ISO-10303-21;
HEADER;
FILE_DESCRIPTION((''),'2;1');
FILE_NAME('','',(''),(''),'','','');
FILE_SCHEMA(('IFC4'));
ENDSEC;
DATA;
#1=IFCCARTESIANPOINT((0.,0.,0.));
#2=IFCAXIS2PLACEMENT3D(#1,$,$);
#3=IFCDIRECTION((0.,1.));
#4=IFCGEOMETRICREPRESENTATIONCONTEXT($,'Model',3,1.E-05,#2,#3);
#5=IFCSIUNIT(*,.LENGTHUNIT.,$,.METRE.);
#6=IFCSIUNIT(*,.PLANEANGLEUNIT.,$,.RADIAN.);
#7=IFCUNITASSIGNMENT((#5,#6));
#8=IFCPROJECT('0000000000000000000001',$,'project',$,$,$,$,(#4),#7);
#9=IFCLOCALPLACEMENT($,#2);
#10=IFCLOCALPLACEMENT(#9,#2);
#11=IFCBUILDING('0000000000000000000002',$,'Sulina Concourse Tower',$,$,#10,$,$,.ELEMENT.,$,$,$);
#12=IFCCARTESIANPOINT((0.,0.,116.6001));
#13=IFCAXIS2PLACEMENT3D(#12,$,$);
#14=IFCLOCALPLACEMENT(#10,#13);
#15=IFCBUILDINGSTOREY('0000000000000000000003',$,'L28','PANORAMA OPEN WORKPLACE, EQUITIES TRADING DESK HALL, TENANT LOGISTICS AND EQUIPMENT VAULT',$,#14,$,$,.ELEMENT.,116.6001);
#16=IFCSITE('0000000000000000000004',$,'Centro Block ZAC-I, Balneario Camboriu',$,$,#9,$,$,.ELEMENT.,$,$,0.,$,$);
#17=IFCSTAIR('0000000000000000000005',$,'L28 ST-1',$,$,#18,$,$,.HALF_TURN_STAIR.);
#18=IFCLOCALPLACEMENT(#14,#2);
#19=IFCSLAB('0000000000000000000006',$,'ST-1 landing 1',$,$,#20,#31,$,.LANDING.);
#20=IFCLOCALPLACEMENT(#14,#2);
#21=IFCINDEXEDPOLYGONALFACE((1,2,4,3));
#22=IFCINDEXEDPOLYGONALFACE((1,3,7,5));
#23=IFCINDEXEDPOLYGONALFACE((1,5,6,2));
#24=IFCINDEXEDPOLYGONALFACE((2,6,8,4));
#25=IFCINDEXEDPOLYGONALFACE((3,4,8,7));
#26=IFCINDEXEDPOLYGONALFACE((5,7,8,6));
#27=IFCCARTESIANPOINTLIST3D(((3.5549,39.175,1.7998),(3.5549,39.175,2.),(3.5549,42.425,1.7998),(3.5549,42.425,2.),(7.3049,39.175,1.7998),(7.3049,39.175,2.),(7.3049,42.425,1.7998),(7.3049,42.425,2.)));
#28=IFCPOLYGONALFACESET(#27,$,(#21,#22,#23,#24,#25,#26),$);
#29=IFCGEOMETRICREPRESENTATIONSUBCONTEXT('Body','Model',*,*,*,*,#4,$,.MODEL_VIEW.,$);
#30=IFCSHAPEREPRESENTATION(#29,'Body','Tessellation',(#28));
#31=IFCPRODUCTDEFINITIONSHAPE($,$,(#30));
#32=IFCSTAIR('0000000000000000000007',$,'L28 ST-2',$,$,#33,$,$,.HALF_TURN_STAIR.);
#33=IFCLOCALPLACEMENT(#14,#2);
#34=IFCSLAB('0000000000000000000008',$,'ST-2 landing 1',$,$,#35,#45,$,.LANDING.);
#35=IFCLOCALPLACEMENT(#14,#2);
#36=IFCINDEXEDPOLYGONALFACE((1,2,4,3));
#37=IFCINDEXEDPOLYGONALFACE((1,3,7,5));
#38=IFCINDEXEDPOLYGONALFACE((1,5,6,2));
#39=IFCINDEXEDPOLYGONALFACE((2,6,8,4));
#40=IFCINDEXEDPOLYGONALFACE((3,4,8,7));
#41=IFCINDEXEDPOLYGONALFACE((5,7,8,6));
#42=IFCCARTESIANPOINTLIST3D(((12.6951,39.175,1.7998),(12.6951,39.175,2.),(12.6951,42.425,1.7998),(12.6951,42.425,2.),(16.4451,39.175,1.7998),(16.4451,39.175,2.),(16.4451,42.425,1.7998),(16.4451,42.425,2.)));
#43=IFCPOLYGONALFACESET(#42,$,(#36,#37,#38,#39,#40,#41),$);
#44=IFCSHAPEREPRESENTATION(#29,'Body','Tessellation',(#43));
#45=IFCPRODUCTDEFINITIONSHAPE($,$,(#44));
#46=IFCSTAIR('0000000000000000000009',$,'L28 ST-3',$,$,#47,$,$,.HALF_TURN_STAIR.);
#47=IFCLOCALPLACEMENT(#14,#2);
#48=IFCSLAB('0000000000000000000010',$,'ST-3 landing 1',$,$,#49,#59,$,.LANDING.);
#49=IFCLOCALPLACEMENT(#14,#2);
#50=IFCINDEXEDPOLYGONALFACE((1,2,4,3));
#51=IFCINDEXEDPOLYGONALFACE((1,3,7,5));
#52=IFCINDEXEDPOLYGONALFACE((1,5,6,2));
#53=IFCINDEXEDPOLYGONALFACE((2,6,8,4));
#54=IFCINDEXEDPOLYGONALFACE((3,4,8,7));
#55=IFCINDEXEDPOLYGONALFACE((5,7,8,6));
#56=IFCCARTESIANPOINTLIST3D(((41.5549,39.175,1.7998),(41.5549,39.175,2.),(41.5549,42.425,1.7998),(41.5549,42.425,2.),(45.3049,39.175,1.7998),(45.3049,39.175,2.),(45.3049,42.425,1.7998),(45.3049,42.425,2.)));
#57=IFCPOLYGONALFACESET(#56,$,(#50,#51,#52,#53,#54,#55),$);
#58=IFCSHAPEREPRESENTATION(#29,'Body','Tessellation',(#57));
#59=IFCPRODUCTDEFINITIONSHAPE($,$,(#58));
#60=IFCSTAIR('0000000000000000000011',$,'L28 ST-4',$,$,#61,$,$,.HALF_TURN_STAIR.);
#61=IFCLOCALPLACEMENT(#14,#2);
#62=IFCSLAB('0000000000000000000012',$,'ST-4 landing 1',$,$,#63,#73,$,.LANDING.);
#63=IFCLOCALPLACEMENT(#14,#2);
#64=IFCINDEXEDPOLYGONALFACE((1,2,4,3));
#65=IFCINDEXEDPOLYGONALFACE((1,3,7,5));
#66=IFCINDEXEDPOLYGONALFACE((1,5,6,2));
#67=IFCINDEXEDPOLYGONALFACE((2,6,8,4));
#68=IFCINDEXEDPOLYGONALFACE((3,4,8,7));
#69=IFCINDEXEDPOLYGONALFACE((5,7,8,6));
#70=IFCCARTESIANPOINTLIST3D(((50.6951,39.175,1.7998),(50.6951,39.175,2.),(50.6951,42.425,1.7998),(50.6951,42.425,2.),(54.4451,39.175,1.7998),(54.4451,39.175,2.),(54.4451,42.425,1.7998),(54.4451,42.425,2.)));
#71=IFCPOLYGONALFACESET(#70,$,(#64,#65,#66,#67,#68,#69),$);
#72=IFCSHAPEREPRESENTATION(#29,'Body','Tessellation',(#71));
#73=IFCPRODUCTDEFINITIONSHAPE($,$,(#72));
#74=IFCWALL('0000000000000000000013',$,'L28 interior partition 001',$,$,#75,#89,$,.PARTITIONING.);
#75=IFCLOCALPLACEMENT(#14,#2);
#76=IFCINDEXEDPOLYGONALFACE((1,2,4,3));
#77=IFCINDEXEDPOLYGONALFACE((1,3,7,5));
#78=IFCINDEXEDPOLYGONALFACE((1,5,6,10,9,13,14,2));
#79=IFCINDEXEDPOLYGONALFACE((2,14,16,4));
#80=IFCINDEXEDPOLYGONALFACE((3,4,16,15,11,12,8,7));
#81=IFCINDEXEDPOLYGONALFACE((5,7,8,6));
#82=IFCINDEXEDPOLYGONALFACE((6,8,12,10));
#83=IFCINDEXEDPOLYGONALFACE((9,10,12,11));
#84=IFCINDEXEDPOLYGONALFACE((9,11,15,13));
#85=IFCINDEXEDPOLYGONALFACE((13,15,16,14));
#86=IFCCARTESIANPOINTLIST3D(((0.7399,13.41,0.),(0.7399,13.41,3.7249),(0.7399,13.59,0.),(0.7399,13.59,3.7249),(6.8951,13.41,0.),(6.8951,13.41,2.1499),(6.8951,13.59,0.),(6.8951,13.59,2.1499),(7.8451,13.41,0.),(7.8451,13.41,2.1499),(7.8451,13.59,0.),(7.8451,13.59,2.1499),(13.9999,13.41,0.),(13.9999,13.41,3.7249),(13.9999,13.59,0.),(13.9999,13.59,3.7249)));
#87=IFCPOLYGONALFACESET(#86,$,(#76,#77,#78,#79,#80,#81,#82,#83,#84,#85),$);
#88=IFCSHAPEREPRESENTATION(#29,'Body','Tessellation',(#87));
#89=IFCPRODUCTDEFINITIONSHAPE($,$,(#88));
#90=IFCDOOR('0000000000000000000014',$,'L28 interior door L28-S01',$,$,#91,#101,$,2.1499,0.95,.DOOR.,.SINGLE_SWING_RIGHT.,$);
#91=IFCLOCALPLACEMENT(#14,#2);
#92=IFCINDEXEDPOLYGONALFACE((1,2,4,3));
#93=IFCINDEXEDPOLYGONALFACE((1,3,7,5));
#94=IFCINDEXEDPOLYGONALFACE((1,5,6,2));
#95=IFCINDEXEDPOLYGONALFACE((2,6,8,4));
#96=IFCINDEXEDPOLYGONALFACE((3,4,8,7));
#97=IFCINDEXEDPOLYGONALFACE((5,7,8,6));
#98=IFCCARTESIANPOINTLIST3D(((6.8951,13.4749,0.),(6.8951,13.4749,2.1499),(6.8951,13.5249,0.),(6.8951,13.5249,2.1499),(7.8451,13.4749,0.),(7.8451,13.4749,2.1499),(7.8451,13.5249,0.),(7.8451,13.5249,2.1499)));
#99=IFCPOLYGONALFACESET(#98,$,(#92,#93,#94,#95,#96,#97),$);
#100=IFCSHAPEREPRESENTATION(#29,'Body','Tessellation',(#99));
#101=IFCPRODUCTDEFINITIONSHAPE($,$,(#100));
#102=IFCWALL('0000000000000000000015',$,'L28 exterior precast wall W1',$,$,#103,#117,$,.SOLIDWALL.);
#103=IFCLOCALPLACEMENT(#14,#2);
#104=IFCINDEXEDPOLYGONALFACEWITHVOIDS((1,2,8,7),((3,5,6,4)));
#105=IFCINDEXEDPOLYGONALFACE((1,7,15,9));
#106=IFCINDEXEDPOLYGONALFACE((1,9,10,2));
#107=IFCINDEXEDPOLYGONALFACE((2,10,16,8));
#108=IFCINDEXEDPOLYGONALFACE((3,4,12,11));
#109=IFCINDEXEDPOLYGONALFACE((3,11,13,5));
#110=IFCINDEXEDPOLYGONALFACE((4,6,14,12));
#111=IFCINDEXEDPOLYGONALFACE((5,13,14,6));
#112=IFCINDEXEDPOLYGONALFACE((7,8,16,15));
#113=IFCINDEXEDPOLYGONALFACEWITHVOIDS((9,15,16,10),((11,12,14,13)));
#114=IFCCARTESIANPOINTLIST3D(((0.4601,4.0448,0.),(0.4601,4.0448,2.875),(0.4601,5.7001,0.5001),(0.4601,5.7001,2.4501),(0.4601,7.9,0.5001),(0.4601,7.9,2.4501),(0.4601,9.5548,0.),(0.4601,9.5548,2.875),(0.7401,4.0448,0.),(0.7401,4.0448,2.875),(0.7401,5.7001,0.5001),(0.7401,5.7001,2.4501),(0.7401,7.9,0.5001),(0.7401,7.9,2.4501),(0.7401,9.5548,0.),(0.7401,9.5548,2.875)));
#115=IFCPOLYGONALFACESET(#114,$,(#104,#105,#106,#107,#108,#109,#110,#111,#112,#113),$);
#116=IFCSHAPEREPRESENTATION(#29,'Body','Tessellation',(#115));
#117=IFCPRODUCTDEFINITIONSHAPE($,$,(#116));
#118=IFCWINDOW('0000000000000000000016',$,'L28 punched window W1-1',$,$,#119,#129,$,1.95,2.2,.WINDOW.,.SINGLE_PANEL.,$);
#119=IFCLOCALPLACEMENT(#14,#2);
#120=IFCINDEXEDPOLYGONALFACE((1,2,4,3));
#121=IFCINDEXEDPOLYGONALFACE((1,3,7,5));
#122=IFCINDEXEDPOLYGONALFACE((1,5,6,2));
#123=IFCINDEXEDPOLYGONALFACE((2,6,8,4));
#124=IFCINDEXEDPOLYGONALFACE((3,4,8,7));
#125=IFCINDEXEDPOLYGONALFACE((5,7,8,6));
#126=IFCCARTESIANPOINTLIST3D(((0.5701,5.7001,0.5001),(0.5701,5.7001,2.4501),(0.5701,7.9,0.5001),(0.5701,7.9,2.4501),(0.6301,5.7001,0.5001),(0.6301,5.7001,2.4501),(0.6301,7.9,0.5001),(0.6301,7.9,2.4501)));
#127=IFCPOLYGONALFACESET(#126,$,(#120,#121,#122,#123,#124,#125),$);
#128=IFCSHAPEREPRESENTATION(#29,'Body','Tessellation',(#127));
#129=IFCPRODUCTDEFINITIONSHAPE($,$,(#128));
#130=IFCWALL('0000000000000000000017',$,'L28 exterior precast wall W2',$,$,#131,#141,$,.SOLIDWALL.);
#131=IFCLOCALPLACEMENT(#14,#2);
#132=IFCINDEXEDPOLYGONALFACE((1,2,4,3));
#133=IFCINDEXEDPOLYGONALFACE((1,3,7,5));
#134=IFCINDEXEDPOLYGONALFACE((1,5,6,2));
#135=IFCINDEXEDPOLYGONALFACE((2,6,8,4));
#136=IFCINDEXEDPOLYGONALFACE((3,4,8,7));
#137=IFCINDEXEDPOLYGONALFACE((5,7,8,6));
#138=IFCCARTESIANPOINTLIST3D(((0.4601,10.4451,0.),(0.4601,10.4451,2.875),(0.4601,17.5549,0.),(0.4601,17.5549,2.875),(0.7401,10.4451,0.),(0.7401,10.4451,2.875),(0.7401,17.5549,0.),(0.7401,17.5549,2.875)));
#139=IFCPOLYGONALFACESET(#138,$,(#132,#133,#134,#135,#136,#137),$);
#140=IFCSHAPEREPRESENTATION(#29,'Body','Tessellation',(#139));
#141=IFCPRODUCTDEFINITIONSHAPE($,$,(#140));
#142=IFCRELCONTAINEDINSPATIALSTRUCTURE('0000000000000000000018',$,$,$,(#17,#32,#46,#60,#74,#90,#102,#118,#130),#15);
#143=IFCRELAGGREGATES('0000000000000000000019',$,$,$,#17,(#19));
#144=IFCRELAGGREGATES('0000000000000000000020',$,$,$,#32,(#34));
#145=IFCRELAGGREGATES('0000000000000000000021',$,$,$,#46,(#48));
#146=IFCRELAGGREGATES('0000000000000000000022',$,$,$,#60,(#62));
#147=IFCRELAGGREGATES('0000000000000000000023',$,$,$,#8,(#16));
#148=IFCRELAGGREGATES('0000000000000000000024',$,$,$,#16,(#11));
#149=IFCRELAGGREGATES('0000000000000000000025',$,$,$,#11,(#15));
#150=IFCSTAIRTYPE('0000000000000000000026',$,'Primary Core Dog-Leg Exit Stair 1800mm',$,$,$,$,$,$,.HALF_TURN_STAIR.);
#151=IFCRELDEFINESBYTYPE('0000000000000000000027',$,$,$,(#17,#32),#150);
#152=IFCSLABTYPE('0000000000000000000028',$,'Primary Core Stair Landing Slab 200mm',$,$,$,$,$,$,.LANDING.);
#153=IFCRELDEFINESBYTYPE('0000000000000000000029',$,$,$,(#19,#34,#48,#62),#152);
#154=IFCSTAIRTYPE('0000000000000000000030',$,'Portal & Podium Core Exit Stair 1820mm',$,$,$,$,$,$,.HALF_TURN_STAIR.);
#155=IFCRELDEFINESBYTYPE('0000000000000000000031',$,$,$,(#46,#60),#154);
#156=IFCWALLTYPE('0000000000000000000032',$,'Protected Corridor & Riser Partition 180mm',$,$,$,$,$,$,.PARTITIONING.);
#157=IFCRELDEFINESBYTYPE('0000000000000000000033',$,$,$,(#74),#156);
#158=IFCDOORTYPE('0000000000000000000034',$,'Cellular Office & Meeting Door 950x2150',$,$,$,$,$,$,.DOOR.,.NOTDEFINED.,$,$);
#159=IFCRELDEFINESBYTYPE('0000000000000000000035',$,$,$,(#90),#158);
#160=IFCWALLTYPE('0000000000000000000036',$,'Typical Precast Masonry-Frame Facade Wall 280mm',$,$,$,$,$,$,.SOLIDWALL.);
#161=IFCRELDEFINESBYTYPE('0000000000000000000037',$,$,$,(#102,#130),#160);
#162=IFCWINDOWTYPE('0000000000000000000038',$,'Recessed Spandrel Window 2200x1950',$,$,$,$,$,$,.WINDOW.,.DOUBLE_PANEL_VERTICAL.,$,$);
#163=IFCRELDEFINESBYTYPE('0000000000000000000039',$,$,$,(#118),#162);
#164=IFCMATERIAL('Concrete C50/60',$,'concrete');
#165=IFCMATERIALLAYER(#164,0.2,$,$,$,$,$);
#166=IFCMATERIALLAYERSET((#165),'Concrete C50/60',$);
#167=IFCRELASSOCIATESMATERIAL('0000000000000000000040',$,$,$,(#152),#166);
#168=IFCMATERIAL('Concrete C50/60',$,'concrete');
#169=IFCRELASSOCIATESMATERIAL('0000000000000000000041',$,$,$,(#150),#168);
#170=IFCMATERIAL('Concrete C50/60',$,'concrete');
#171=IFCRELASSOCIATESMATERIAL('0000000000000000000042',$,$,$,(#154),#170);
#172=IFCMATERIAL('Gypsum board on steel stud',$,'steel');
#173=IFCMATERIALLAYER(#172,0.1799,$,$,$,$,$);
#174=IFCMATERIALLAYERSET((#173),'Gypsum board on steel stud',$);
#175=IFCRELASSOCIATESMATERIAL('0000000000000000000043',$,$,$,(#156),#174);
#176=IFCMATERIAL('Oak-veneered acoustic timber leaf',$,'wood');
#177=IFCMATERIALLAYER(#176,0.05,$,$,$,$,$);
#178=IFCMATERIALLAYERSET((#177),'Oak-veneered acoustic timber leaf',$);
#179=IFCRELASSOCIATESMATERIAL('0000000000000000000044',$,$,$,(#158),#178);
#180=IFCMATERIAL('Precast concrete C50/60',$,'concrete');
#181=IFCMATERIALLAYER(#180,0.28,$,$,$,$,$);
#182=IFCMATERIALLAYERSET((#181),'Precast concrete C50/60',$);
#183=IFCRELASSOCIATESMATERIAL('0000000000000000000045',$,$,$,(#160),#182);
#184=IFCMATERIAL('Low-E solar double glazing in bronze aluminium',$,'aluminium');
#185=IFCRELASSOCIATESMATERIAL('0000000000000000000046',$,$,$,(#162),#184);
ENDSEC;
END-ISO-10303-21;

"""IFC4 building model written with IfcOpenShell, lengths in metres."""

from ifc_helpers import new_model, si_unit, direction, frame, frame_2d, origin, place, context, subcontext, project, spatial, polyline, rectangle, outline, extrude, material, layer, layer_set, type_object, element, fill, aggregate, save


model = new_model("IFC4")

# Units and contexts
model_context = context("Model", 3, precision=1e-05, world=origin(), true_north=direction((0.0, 1.0)))
body_context = subcontext(model_context, "Body", "Model", "MODEL_VIEW")
ifc_project = project(units=[si_unit("LENGTHUNIT", "METRE"), si_unit("PLANEANGLEUNIT", "RADIAN")], contexts=[model_context])

# Site, building, storey
site_placement = place(None, origin())
site = spatial("IfcSite", under=ifc_project, at=site_placement, Name="Centro Block ZAC-I, Balneario Camboriu", CompositionType="ELEMENT", RefElevation=0.0)
building_placement = place(site_placement, origin())
building = spatial("IfcBuilding", under=site, at=building_placement, Name="Sulina Concourse Tower", CompositionType="ELEMENT")
storey_placement = place(building_placement, frame((0.0, 0.0, 116.6001)))
storey = spatial("IfcBuildingStorey", under=building, at=storey_placement, Name="L28", Description="PANORAMA OPEN WORKPLACE, EQUITIES TRADING DESK HALL, TENANT LOGISTICS AND EQUIPMENT VAULT", CompositionType="ELEMENT", Elevation=116.6001)

# Shared definitions
ifc_material_1 = material(Name="Concrete C50/60", Category="concrete")
ifc_layer_1 = layer(ifc_material_1, 0.2)
ifc_layer_set_1 = layer_set([ifc_layer_1], Name="Concrete C50/60")
slab_type_1 = type_object("IfcSlabType", Name="Primary Core Stair Landing Slab 200mm", PredefinedType="LANDING", material=ifc_layer_set_1)

# Stairs, slabs
ifc_material_2 = material(Name="Concrete C50/60", Category="concrete")
stair_type_1 = type_object("IfcStairType", Name="Primary Core Dog-Leg Exit Stair 1800mm", PredefinedType="HALF_TURN_STAIR", material=ifc_material_2)
stair_1_placement = place(storey_placement, origin())
stair_1 = element("IfcStair", 1, at=stair_1_placement, inside=storey, type_object=stair_type_1, Name="L28 ST-1", PredefinedType="HALF_TURN_STAIR")
slab_1_placement = place(storey_placement, frame((0.0, 0.0, 1.7998)))
slab_1 = element("IfcSlab", 2, at=slab_1_placement, type_object=slab_type_1, Name="ST-1 landing 1", PredefinedType="LANDING", context=body_context, shape_type="SweptSolid", body=[
    extrude(outline(polyline([(7.3049, 39.175), (7.3049, 42.425), (3.5549, 42.425), (3.5549, 39.175), (7.3049, 39.175)])), origin(), (0.0, 0.0, 1.0), 0.2002),
])
aggregate(stair_1, [slab_1])
stair_2_placement = place(storey_placement, origin())
stair_2 = element("IfcStair", 3, at=stair_2_placement, inside=storey, type_object=stair_type_1, Name="L28 ST-2", PredefinedType="HALF_TURN_STAIR")
slab_2_placement = place(storey_placement, frame((0.0, 0.0, 1.7998)))
slab_2 = element("IfcSlab", 4, at=slab_2_placement, type_object=slab_type_1, Name="ST-2 landing 1", PredefinedType="LANDING", context=body_context, shape_type="SweptSolid", body=[
    extrude(outline(polyline([(16.4451, 39.175), (16.4451, 42.425), (12.6951, 42.425), (12.6951, 39.175), (16.4451, 39.175)])), origin(), (0.0, 0.0, 1.0), 0.2002),
])
aggregate(stair_2, [slab_2])
ifc_material_3 = material(Name="Concrete C50/60", Category="concrete")
stair_type_2 = type_object("IfcStairType", Name="Portal & Podium Core Exit Stair 1820mm", PredefinedType="HALF_TURN_STAIR", material=ifc_material_3)
stair_3_placement = place(storey_placement, origin())
stair_3 = element("IfcStair", 5, at=stair_3_placement, inside=storey, type_object=stair_type_2, Name="L28 ST-3", PredefinedType="HALF_TURN_STAIR")
slab_3_placement = place(storey_placement, frame((0.0, 0.0, 1.7998)))
slab_3 = element("IfcSlab", 6, at=slab_3_placement, type_object=slab_type_1, Name="ST-3 landing 1", PredefinedType="LANDING", context=body_context, shape_type="SweptSolid", body=[
    extrude(outline(polyline([(45.3049, 39.175), (45.3049, 42.425), (41.5549, 42.425), (41.5549, 39.175), (45.3049, 39.175)])), origin(), (0.0, 0.0, 1.0), 0.2002),
])
aggregate(stair_3, [slab_3])
stair_4_placement = place(storey_placement, origin())
stair_4 = element("IfcStair", 7, at=stair_4_placement, inside=storey, type_object=stair_type_2, Name="L28 ST-4", PredefinedType="HALF_TURN_STAIR")
slab_4_placement = place(storey_placement, frame((0.0, 0.0, 1.7998)))
slab_4 = element("IfcSlab", 8, at=slab_4_placement, type_object=slab_type_1, Name="ST-4 landing 1", PredefinedType="LANDING", context=body_context, shape_type="SweptSolid", body=[
    extrude(outline(polyline([(54.4451, 39.175), (54.4451, 42.425), (50.6951, 42.425), (50.6951, 39.175), (54.4451, 39.175)])), origin(), (0.0, 0.0, 1.0), 0.2002),
])
aggregate(stair_4, [slab_4])

# Wall, opening, door
ifc_material_4 = material(Name="Gypsum board on steel stud", Category="steel")
ifc_layer_2 = layer(ifc_material_4, 0.1799)
ifc_layer_set_2 = layer_set([ifc_layer_2], Name="Gypsum board on steel stud")
wall_type_1 = type_object("IfcWallType", Name="Protected Corridor & Riser Partition 180mm", PredefinedType="PARTITIONING", material=ifc_layer_set_2)
wall_1_placement = place(storey_placement, frame((0.74, 13.5, 0.0), z_axis=(0.0, 0.0, 1.0), x_axis=(1.0, 0.0, 0.0)))
wall_1 = element("IfcWall", 9, at=wall_1_placement, inside=storey, type_object=wall_type_1, Name="L28 interior partition 001", PredefinedType="PARTITIONING", context=body_context, shape_type="SweptSolid", body=[
    extrude(rectangle(XDim=13.26, YDim=0.1799, at=frame_2d((6.6299, 0.0))), origin(), (0.0, 0.0, 1.0), 3.7249),
])
opening_1_placement = place(wall_1_placement, frame((6.155, 0.0, 0.0)))
opening_1 = element("IfcOpeningElement", 10, at=opening_1_placement, cuts=wall_1, PredefinedType="OPENING", context=body_context, shape_type="SweptSolid", body=[
    extrude(rectangle(XDim=0.95, YDim=2.1499, at=frame_2d((0.4751, 1.075))), frame((0.0, 0.0999, 0.0), z_axis=(0.0, -1.0, 0.0), x_axis=(1.0, 0.0, 0.0)), (0.0, 0.0, 1.0), 0.2),
])
ifc_material_5 = material(Name="Oak-veneered acoustic timber leaf", Category="wood")
ifc_layer_3 = layer(ifc_material_5, 0.05)
ifc_layer_set_3 = layer_set([ifc_layer_3], Name="Oak-veneered acoustic timber leaf")
door_type = type_object("IfcDoorType", Name="Cellular Office & Meeting Door 950x2150", OperationType="NOTDEFINED", PredefinedType="DOOR", material=ifc_layer_set_3)
door_placement = place(opening_1_placement, origin())
door = element("IfcDoor", 11, at=door_placement, inside=storey, type_object=door_type, Name="L28 interior door L28-S01", OperationType="SINGLE_SWING_RIGHT", OverallHeight=2.1499, OverallWidth=0.95, PredefinedType="DOOR", context=body_context, shape_type="SweptSolid", body=[
    extrude(rectangle(XDim=0.95, YDim=2.1499, at=frame_2d((0.4751, 1.075))), frame((0.0, 0.0249, 0.0), z_axis=(0.0, -1.0, 0.0), x_axis=(1.0, 0.0, 0.0)), (0.0, 0.0, 1.0), 0.05),
])
fill(opening_1, door)

# Wall, opening, window
ifc_material_6 = material(Name="Precast concrete C50/60", Category="concrete")
ifc_layer_4 = layer(ifc_material_6, 0.28)
ifc_layer_set_4 = layer_set([ifc_layer_4], Name="Precast concrete C50/60")
wall_type_2 = type_object("IfcWallType", Name="Typical Precast Masonry-Frame Facade Wall 280mm", PredefinedType="SOLIDWALL", material=ifc_layer_set_4)
wall_2_placement = place(storey_placement, frame((0.6001, 4.0449, 0.0), z_axis=(0.0, 0.0, 1.0), x_axis=(0.0, 1.0, 0.0)))
wall_2 = element("IfcWall", 12, at=wall_2_placement, inside=storey, type_object=wall_type_2, Name="L28 exterior precast wall W1", PredefinedType="SOLIDWALL", context=body_context, shape_type="SweptSolid", body=[
    extrude(rectangle(XDim=5.51, YDim=0.28, at=frame_2d((2.7549, 0.0))), origin(), (0.0, 0.0, 1.0), 2.875),
])
opening_2_placement = place(wall_2_placement, frame((1.655, 0.0, 0.5)))
opening_2 = element("IfcOpeningElement", 13, at=opening_2_placement, cuts=wall_2, PredefinedType="OPENING", context=body_context, shape_type="SweptSolid", body=[
    extrude(rectangle(XDim=2.2, YDim=1.95, at=frame_2d((1.1001, 0.9751))), frame((0.0, 0.1499, 0.0), z_axis=(0.0, -1.0, 0.0), x_axis=(1.0, 0.0, 0.0)), (0.0, 0.0, 1.0), 0.3),
])
ifc_material_7 = material(Name="Low-E solar double glazing in bronze aluminium", Category="aluminium")
window_type = type_object("IfcWindowType", Name="Recessed Spandrel Window 2200x1950", PartitioningType="DOUBLE_PANEL_VERTICAL", PredefinedType="WINDOW", material=ifc_material_7)
window_placement = place(opening_2_placement, origin())
window = element("IfcWindow", 14, at=window_placement, inside=storey, type_object=window_type, Name="L28 punched window W1-1", OverallHeight=1.95, OverallWidth=2.2, PartitioningType="SINGLE_PANEL", PredefinedType="WINDOW", context=body_context, shape_type="SweptSolid", body=[
    extrude(rectangle(XDim=2.2, YDim=1.95, at=frame_2d((1.1001, 0.9751))), frame((0.0, 0.03, 0.0), z_axis=(0.0, -1.0, 0.0), x_axis=(1.0, 0.0, 0.0)), (0.0, 0.0, 1.0), 0.0601),
])
fill(opening_2, window)

# Wall
wall_3_placement = place(storey_placement, frame((0.6001, 10.4451, 0.0), z_axis=(0.0, 0.0, 1.0), x_axis=(0.0, 1.0, 0.0)))
element("IfcWall", 15, at=wall_3_placement, inside=storey, type_object=wall_type_2, Name="L28 exterior precast wall W2", PredefinedType="SOLIDWALL", context=body_context, shape_type="SweptSolid", body=[
    extrude(rectangle(XDim=7.1099, YDim=0.28, at=frame_2d((3.5549, 0.0))), origin(), (0.0, 0.0, 1.0), 2.875),
])

save(model, "model.ifc")
